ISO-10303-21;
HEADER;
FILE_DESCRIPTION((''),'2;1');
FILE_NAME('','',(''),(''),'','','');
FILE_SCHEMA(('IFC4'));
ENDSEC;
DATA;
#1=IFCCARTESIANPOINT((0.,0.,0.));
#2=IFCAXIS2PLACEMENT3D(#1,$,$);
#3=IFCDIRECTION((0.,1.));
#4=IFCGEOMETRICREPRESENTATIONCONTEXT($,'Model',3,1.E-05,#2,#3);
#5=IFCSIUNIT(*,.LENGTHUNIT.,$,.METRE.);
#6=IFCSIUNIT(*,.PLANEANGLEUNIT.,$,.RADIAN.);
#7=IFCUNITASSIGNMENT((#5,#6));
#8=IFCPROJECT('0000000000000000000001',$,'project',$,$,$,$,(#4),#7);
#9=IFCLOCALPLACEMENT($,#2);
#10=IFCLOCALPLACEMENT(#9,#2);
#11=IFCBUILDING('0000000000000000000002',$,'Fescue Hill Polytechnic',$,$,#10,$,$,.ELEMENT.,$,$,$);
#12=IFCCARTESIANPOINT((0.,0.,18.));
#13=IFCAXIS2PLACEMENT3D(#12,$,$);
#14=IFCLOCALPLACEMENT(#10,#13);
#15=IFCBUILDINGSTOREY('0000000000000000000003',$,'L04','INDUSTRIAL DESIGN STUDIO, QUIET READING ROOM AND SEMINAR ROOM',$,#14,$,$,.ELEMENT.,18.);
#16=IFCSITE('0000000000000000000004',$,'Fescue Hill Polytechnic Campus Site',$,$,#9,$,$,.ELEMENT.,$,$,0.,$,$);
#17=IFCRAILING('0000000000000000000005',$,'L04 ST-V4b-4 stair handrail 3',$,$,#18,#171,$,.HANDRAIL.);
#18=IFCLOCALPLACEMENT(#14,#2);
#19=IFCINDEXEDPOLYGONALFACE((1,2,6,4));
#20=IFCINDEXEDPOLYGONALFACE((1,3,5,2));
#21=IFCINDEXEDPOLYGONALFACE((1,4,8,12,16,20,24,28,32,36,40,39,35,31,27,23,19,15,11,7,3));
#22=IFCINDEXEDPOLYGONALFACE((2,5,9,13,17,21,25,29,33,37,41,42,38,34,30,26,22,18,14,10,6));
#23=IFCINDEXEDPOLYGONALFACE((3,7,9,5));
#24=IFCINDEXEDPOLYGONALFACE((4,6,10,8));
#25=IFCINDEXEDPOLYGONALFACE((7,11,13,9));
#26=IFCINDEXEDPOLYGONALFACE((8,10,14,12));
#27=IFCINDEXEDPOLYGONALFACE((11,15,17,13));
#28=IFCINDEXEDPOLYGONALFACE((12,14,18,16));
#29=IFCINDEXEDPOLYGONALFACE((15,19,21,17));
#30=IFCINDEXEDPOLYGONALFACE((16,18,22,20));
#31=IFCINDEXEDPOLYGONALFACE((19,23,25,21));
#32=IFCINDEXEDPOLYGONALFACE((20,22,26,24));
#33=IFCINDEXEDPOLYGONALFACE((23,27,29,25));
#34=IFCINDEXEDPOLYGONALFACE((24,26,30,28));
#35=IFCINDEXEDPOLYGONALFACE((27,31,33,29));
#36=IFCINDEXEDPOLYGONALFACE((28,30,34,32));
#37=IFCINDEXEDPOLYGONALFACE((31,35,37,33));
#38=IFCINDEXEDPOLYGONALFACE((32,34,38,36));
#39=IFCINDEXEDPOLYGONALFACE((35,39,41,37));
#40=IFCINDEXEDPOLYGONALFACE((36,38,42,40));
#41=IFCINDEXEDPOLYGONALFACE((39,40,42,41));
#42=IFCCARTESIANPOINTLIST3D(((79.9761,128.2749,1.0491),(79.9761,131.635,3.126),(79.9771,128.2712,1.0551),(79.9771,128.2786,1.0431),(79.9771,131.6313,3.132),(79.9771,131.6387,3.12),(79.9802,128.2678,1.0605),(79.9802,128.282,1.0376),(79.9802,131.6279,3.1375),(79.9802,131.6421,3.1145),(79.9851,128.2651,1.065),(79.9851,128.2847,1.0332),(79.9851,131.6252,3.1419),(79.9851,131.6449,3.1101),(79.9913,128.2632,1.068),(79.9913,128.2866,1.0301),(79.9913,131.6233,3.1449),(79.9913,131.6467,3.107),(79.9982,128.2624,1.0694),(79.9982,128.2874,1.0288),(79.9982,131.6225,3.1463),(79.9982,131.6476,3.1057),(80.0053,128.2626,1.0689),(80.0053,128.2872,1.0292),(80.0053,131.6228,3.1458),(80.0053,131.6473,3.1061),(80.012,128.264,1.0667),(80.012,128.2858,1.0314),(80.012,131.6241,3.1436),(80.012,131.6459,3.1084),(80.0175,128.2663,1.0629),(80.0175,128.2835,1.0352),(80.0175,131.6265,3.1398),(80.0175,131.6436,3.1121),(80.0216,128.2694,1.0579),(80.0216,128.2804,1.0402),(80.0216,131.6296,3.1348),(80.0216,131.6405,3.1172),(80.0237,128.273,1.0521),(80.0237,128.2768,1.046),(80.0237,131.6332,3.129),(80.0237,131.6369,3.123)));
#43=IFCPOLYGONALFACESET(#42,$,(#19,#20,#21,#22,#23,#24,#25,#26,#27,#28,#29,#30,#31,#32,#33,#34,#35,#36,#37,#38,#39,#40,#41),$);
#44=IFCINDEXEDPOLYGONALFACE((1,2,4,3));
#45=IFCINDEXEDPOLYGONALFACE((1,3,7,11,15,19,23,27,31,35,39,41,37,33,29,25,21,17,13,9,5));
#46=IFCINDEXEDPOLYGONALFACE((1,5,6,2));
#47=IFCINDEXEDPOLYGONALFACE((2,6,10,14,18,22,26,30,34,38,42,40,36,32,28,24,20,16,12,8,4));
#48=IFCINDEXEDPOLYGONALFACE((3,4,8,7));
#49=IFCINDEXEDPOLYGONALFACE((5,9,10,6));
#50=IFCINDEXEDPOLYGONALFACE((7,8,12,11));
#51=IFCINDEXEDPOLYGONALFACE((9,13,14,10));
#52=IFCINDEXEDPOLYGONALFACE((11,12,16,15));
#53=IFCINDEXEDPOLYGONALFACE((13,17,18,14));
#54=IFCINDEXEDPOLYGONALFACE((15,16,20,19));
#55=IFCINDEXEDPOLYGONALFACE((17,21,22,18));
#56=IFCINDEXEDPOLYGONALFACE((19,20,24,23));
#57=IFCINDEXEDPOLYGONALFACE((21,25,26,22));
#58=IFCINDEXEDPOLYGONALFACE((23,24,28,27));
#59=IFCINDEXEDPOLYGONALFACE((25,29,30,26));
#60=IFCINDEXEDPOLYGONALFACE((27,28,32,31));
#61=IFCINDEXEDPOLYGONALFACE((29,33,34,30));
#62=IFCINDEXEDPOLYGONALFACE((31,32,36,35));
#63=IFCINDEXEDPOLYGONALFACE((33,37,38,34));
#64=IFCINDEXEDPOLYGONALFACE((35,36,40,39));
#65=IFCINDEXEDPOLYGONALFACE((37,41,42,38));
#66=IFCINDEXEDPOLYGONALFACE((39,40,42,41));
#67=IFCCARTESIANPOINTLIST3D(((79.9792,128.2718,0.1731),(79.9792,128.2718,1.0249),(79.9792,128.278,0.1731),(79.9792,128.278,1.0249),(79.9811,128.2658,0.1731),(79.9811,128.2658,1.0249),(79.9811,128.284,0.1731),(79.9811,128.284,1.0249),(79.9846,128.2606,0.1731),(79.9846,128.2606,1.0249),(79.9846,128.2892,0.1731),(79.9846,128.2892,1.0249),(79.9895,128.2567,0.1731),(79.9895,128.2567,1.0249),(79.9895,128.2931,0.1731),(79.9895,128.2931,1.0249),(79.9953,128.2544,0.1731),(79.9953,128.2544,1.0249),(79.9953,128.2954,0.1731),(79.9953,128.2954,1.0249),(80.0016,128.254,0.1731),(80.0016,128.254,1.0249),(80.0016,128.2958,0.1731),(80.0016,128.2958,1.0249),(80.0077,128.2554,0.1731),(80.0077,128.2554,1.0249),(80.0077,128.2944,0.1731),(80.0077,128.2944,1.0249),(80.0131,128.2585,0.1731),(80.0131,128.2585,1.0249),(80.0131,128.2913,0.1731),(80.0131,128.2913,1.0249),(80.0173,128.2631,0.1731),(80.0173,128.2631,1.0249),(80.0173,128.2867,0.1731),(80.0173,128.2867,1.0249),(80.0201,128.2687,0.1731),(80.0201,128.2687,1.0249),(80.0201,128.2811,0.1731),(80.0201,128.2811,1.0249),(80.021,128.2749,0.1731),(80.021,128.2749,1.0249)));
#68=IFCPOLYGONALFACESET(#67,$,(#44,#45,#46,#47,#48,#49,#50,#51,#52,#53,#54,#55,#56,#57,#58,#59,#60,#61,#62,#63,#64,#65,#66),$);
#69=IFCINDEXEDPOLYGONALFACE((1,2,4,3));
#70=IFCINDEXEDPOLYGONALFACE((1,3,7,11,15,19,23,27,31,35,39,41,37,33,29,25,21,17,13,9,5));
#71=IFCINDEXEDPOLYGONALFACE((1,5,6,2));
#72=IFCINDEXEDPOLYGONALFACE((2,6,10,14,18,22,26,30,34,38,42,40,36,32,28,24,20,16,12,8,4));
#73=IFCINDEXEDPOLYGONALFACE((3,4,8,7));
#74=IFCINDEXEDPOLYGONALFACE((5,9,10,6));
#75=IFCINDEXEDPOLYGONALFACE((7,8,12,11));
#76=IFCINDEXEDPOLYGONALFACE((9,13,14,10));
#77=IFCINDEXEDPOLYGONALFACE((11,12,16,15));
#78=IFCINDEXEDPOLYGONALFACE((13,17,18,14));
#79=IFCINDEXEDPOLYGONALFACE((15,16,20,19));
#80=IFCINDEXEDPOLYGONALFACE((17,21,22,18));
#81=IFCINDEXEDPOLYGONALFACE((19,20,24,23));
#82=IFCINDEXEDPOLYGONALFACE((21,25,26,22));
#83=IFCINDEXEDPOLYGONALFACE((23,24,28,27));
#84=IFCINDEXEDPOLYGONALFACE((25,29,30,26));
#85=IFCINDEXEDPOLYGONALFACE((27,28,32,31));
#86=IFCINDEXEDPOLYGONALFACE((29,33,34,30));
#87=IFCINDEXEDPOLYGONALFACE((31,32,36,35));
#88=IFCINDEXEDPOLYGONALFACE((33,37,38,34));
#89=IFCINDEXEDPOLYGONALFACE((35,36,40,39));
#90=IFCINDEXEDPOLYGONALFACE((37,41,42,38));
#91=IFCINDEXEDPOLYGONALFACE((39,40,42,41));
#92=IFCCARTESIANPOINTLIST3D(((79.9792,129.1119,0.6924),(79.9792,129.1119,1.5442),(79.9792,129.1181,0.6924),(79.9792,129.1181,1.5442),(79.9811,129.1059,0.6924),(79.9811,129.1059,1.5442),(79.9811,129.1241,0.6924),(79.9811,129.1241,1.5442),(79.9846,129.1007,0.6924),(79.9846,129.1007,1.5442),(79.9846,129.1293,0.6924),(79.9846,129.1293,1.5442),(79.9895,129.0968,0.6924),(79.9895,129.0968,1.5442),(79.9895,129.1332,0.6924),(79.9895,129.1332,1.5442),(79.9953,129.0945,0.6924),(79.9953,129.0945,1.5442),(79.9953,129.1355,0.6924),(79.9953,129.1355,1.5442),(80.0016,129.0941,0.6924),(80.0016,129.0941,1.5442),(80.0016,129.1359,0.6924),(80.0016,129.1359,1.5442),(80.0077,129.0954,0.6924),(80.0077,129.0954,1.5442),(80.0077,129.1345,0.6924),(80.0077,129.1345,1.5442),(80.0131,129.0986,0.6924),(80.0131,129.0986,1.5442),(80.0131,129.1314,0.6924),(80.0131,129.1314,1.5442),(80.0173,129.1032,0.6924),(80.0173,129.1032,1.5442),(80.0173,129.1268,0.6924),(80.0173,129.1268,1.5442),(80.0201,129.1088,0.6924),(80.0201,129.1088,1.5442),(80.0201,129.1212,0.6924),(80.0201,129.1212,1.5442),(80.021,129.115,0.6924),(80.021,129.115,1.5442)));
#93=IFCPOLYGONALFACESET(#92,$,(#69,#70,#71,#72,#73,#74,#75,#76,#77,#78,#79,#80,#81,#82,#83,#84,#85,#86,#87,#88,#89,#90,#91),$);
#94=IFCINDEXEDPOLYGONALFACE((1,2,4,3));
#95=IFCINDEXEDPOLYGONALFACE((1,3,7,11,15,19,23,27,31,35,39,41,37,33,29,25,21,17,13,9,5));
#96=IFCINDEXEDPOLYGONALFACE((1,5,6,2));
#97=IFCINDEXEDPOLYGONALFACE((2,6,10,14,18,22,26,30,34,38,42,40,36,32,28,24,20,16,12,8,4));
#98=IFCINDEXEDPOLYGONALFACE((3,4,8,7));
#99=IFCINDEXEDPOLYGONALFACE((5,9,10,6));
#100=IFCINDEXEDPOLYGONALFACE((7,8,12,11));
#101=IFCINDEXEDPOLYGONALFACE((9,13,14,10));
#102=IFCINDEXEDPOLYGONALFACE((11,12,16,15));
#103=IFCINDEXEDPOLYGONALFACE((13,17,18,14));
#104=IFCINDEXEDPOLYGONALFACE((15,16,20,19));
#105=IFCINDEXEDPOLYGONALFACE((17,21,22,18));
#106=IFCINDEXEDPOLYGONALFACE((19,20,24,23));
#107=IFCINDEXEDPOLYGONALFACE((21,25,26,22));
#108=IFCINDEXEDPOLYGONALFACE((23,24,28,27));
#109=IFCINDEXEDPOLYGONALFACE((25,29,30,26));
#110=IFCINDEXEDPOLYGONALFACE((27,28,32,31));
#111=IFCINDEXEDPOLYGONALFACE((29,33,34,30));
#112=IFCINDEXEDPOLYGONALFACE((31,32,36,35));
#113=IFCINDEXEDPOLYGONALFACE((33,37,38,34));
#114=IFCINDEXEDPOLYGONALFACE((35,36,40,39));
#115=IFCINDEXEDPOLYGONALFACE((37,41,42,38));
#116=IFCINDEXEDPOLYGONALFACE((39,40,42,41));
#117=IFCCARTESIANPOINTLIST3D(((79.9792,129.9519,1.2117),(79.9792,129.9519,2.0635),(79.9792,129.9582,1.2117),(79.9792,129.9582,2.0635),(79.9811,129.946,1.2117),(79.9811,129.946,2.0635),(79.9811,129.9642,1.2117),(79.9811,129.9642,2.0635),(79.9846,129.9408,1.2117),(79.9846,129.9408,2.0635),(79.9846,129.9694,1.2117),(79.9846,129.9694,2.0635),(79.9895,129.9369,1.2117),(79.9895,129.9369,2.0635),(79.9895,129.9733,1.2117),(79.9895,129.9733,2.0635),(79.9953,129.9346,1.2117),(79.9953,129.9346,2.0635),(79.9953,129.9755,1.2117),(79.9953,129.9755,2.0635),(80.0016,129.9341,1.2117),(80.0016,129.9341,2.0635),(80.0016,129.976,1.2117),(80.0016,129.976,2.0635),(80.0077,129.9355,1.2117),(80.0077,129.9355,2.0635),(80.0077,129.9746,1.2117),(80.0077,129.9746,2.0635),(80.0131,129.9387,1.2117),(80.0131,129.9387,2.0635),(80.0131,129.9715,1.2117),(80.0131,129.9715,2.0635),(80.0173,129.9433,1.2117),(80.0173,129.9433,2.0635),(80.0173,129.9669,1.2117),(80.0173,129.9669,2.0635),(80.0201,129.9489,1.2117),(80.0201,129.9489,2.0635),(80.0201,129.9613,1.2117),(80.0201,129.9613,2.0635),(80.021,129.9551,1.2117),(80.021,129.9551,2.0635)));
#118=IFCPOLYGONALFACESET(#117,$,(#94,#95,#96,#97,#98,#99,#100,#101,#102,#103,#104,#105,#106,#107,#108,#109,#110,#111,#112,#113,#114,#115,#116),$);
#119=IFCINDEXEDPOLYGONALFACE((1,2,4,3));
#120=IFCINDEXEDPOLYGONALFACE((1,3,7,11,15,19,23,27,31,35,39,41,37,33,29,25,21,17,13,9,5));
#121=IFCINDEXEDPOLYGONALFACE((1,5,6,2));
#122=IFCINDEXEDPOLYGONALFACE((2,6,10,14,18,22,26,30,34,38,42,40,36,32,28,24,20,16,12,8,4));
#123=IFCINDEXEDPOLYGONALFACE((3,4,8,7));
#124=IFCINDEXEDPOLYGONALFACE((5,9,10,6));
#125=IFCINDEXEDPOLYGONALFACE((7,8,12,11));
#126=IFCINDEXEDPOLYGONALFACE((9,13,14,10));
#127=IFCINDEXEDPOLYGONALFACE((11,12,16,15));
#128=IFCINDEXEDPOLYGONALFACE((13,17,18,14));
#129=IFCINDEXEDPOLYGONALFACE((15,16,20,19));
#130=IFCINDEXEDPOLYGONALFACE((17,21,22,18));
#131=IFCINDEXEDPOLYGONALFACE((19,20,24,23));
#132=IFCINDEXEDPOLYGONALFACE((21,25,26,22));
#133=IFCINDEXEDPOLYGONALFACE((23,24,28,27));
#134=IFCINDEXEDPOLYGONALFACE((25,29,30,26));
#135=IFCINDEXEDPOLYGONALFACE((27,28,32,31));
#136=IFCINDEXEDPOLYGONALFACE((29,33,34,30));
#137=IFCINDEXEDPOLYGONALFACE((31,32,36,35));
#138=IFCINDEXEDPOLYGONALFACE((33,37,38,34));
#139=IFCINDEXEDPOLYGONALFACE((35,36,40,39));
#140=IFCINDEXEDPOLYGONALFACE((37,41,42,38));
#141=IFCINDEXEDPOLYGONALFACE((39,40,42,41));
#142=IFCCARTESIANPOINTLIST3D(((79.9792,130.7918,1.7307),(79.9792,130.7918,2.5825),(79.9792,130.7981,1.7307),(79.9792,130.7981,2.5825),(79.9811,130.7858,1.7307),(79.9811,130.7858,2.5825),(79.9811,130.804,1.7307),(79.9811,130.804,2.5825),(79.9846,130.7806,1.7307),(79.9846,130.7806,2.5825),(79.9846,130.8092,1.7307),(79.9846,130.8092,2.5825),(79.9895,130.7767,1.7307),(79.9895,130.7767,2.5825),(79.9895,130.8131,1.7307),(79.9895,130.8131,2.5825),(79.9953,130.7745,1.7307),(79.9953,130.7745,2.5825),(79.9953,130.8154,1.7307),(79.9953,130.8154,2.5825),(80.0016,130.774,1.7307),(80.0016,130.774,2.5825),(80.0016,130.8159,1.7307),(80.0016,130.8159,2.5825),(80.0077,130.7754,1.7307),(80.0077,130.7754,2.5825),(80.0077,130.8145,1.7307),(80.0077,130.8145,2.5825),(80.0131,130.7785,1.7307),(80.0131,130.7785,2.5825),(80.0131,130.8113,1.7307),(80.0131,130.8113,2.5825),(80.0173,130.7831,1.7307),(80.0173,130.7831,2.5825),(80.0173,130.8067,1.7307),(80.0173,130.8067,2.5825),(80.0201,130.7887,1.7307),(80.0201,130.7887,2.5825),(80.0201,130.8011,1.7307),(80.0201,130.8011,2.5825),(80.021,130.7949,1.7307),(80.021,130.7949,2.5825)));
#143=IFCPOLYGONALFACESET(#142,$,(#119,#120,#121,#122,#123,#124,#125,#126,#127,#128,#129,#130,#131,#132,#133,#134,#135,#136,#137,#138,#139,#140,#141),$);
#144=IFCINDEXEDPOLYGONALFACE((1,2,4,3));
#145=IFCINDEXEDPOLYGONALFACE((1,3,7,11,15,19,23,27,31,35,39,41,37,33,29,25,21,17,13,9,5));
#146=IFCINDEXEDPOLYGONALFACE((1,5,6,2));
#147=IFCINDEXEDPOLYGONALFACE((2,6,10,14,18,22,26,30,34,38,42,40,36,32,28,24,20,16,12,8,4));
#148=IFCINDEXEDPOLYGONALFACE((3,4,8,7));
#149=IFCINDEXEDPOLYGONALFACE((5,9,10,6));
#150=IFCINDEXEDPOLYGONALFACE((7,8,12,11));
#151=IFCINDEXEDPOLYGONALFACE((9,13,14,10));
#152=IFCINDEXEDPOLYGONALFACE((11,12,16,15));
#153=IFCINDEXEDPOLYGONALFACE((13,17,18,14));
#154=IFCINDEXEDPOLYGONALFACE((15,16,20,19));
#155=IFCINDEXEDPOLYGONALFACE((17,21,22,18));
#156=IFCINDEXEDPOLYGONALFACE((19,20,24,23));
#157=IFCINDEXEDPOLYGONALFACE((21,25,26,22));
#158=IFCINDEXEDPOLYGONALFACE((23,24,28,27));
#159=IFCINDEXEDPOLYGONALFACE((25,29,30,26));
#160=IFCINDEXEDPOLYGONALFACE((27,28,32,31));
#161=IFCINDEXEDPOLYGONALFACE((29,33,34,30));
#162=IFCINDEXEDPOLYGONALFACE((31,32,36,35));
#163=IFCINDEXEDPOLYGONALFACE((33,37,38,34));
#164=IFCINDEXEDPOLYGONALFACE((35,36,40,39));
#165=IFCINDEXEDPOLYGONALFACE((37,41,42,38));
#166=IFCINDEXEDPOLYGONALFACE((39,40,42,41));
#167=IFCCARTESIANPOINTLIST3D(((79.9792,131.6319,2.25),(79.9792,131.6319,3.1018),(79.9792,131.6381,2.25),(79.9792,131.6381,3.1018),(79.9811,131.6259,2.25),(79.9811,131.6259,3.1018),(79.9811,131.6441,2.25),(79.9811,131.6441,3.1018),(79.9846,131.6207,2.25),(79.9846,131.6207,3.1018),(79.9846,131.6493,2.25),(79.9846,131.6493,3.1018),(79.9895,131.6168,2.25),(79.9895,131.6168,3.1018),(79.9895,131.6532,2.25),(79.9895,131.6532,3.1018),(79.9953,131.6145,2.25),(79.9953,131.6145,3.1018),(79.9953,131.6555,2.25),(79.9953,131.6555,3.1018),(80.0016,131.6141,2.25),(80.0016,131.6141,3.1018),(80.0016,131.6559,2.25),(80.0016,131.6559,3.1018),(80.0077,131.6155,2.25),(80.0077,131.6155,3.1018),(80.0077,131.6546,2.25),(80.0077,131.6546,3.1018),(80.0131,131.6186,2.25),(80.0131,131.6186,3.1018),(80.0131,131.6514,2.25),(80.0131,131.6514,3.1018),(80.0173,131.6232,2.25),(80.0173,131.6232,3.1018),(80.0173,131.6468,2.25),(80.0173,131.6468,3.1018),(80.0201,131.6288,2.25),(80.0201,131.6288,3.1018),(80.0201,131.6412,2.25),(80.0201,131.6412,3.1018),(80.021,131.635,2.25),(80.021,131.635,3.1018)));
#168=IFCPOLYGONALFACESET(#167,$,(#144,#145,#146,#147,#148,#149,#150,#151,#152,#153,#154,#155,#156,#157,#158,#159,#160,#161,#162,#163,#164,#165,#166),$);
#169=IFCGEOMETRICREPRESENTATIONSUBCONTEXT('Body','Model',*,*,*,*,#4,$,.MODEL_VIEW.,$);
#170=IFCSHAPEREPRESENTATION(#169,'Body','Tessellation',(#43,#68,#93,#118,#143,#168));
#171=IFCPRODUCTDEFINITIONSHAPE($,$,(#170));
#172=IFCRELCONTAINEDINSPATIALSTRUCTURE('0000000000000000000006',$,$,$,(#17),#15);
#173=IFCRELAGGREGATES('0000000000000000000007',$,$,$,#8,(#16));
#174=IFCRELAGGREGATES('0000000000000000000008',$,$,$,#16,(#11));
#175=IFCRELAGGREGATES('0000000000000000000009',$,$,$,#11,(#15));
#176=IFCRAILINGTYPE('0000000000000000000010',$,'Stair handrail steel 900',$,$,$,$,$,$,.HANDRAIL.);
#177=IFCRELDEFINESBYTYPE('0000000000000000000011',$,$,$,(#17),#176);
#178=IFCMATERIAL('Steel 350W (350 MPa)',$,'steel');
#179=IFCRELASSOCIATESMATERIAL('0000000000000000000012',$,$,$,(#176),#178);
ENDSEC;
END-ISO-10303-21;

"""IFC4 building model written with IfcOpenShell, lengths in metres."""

from ifc_helpers import new_model, si_unit, direction, frame, origin, origin_2d, place, context, subcontext, project, spatial, circle, extrude, material, type_object, element, save


model = new_model("IFC4")

# Units and contexts
model_context = context("Model", 3, precision=1e-05, world=origin(), true_north=direction((0.0, 1.0)))
body_context = subcontext(model_context, "Body", "Model", "MODEL_VIEW")
ifc_project = project(units=[si_unit("LENGTHUNIT", "METRE"), si_unit("PLANEANGLEUNIT", "RADIAN")], contexts=[model_context])

# Site, building, storey
site_placement = place(None, origin())
site = spatial("IfcSite", under=ifc_project, at=site_placement, Name="Fescue Hill Polytechnic Campus Site", CompositionType="ELEMENT", RefElevation=0.0)
building_placement = place(site_placement, origin())
building = spatial("IfcBuilding", under=site, at=building_placement, Name="Fescue Hill Polytechnic", CompositionType="ELEMENT")
storey_placement = place(building_placement, frame((0.0, 0.0, 18.0)))
storey = spatial("IfcBuildingStorey", under=building, at=storey_placement, Name="L04", Description="INDUSTRIAL DESIGN STUDIO, QUIET READING ROOM AND SEMINAR ROOM", CompositionType="ELEMENT", Elevation=18.0)

# Railing
ifc_material_1 = material(Name="Steel 350W (350 MPa)", Category="steel")
railing_type_1 = type_object("IfcRailingType", Name="Stair handrail steel 900", PredefinedType="HANDRAIL", material=ifc_material_1)
for number, where, name in (
    (1, (80.0, 128.2749, 0.1731), "L04 ST-V4b-4 stair handrail 3"),
):
    element("IfcRailing", number, at=place(storey_placement, frame(where)), inside=storey, type_object=railing_type_1, Name=name, PredefinedType="HANDRAIL", context=body_context, shape_type="SweptSolid", body=[
        extrude(circle(Radius=0.0239, at=origin_2d()), frame((0.0, 0.0, 0.876), z_axis=(0.0, 0.850623, 0.525776), x_axis=(-1.0, 0.0, 0.0)), (0.0, 0.0, 1.0), 3.9502),
        extrude(circle(Radius=0.021, at=origin_2d()), origin(), (0.0, 0.0, 1.0), 0.8518),
        extrude(circle(Radius=0.021, at=origin_2d()), frame((0.0, 0.8401, 0.5193)), (0.0, 0.0, 1.0), 0.8518),
        extrude(circle(Radius=0.021, at=origin_2d()), frame((0.0, 1.6802, 1.0386)), (0.0, 0.0, 1.0), 0.8518),
        extrude(circle(Radius=0.021, at=origin_2d()), frame((0.0, 2.52, 1.5576)), (0.0, 0.0, 1.0), 0.8518),
        extrude(circle(Radius=0.021, at=origin_2d()), frame((0.0, 3.3601, 2.0769)), (0.0, 0.0, 1.0), 0.8518),
    ])

save(model, "model.ifc")
